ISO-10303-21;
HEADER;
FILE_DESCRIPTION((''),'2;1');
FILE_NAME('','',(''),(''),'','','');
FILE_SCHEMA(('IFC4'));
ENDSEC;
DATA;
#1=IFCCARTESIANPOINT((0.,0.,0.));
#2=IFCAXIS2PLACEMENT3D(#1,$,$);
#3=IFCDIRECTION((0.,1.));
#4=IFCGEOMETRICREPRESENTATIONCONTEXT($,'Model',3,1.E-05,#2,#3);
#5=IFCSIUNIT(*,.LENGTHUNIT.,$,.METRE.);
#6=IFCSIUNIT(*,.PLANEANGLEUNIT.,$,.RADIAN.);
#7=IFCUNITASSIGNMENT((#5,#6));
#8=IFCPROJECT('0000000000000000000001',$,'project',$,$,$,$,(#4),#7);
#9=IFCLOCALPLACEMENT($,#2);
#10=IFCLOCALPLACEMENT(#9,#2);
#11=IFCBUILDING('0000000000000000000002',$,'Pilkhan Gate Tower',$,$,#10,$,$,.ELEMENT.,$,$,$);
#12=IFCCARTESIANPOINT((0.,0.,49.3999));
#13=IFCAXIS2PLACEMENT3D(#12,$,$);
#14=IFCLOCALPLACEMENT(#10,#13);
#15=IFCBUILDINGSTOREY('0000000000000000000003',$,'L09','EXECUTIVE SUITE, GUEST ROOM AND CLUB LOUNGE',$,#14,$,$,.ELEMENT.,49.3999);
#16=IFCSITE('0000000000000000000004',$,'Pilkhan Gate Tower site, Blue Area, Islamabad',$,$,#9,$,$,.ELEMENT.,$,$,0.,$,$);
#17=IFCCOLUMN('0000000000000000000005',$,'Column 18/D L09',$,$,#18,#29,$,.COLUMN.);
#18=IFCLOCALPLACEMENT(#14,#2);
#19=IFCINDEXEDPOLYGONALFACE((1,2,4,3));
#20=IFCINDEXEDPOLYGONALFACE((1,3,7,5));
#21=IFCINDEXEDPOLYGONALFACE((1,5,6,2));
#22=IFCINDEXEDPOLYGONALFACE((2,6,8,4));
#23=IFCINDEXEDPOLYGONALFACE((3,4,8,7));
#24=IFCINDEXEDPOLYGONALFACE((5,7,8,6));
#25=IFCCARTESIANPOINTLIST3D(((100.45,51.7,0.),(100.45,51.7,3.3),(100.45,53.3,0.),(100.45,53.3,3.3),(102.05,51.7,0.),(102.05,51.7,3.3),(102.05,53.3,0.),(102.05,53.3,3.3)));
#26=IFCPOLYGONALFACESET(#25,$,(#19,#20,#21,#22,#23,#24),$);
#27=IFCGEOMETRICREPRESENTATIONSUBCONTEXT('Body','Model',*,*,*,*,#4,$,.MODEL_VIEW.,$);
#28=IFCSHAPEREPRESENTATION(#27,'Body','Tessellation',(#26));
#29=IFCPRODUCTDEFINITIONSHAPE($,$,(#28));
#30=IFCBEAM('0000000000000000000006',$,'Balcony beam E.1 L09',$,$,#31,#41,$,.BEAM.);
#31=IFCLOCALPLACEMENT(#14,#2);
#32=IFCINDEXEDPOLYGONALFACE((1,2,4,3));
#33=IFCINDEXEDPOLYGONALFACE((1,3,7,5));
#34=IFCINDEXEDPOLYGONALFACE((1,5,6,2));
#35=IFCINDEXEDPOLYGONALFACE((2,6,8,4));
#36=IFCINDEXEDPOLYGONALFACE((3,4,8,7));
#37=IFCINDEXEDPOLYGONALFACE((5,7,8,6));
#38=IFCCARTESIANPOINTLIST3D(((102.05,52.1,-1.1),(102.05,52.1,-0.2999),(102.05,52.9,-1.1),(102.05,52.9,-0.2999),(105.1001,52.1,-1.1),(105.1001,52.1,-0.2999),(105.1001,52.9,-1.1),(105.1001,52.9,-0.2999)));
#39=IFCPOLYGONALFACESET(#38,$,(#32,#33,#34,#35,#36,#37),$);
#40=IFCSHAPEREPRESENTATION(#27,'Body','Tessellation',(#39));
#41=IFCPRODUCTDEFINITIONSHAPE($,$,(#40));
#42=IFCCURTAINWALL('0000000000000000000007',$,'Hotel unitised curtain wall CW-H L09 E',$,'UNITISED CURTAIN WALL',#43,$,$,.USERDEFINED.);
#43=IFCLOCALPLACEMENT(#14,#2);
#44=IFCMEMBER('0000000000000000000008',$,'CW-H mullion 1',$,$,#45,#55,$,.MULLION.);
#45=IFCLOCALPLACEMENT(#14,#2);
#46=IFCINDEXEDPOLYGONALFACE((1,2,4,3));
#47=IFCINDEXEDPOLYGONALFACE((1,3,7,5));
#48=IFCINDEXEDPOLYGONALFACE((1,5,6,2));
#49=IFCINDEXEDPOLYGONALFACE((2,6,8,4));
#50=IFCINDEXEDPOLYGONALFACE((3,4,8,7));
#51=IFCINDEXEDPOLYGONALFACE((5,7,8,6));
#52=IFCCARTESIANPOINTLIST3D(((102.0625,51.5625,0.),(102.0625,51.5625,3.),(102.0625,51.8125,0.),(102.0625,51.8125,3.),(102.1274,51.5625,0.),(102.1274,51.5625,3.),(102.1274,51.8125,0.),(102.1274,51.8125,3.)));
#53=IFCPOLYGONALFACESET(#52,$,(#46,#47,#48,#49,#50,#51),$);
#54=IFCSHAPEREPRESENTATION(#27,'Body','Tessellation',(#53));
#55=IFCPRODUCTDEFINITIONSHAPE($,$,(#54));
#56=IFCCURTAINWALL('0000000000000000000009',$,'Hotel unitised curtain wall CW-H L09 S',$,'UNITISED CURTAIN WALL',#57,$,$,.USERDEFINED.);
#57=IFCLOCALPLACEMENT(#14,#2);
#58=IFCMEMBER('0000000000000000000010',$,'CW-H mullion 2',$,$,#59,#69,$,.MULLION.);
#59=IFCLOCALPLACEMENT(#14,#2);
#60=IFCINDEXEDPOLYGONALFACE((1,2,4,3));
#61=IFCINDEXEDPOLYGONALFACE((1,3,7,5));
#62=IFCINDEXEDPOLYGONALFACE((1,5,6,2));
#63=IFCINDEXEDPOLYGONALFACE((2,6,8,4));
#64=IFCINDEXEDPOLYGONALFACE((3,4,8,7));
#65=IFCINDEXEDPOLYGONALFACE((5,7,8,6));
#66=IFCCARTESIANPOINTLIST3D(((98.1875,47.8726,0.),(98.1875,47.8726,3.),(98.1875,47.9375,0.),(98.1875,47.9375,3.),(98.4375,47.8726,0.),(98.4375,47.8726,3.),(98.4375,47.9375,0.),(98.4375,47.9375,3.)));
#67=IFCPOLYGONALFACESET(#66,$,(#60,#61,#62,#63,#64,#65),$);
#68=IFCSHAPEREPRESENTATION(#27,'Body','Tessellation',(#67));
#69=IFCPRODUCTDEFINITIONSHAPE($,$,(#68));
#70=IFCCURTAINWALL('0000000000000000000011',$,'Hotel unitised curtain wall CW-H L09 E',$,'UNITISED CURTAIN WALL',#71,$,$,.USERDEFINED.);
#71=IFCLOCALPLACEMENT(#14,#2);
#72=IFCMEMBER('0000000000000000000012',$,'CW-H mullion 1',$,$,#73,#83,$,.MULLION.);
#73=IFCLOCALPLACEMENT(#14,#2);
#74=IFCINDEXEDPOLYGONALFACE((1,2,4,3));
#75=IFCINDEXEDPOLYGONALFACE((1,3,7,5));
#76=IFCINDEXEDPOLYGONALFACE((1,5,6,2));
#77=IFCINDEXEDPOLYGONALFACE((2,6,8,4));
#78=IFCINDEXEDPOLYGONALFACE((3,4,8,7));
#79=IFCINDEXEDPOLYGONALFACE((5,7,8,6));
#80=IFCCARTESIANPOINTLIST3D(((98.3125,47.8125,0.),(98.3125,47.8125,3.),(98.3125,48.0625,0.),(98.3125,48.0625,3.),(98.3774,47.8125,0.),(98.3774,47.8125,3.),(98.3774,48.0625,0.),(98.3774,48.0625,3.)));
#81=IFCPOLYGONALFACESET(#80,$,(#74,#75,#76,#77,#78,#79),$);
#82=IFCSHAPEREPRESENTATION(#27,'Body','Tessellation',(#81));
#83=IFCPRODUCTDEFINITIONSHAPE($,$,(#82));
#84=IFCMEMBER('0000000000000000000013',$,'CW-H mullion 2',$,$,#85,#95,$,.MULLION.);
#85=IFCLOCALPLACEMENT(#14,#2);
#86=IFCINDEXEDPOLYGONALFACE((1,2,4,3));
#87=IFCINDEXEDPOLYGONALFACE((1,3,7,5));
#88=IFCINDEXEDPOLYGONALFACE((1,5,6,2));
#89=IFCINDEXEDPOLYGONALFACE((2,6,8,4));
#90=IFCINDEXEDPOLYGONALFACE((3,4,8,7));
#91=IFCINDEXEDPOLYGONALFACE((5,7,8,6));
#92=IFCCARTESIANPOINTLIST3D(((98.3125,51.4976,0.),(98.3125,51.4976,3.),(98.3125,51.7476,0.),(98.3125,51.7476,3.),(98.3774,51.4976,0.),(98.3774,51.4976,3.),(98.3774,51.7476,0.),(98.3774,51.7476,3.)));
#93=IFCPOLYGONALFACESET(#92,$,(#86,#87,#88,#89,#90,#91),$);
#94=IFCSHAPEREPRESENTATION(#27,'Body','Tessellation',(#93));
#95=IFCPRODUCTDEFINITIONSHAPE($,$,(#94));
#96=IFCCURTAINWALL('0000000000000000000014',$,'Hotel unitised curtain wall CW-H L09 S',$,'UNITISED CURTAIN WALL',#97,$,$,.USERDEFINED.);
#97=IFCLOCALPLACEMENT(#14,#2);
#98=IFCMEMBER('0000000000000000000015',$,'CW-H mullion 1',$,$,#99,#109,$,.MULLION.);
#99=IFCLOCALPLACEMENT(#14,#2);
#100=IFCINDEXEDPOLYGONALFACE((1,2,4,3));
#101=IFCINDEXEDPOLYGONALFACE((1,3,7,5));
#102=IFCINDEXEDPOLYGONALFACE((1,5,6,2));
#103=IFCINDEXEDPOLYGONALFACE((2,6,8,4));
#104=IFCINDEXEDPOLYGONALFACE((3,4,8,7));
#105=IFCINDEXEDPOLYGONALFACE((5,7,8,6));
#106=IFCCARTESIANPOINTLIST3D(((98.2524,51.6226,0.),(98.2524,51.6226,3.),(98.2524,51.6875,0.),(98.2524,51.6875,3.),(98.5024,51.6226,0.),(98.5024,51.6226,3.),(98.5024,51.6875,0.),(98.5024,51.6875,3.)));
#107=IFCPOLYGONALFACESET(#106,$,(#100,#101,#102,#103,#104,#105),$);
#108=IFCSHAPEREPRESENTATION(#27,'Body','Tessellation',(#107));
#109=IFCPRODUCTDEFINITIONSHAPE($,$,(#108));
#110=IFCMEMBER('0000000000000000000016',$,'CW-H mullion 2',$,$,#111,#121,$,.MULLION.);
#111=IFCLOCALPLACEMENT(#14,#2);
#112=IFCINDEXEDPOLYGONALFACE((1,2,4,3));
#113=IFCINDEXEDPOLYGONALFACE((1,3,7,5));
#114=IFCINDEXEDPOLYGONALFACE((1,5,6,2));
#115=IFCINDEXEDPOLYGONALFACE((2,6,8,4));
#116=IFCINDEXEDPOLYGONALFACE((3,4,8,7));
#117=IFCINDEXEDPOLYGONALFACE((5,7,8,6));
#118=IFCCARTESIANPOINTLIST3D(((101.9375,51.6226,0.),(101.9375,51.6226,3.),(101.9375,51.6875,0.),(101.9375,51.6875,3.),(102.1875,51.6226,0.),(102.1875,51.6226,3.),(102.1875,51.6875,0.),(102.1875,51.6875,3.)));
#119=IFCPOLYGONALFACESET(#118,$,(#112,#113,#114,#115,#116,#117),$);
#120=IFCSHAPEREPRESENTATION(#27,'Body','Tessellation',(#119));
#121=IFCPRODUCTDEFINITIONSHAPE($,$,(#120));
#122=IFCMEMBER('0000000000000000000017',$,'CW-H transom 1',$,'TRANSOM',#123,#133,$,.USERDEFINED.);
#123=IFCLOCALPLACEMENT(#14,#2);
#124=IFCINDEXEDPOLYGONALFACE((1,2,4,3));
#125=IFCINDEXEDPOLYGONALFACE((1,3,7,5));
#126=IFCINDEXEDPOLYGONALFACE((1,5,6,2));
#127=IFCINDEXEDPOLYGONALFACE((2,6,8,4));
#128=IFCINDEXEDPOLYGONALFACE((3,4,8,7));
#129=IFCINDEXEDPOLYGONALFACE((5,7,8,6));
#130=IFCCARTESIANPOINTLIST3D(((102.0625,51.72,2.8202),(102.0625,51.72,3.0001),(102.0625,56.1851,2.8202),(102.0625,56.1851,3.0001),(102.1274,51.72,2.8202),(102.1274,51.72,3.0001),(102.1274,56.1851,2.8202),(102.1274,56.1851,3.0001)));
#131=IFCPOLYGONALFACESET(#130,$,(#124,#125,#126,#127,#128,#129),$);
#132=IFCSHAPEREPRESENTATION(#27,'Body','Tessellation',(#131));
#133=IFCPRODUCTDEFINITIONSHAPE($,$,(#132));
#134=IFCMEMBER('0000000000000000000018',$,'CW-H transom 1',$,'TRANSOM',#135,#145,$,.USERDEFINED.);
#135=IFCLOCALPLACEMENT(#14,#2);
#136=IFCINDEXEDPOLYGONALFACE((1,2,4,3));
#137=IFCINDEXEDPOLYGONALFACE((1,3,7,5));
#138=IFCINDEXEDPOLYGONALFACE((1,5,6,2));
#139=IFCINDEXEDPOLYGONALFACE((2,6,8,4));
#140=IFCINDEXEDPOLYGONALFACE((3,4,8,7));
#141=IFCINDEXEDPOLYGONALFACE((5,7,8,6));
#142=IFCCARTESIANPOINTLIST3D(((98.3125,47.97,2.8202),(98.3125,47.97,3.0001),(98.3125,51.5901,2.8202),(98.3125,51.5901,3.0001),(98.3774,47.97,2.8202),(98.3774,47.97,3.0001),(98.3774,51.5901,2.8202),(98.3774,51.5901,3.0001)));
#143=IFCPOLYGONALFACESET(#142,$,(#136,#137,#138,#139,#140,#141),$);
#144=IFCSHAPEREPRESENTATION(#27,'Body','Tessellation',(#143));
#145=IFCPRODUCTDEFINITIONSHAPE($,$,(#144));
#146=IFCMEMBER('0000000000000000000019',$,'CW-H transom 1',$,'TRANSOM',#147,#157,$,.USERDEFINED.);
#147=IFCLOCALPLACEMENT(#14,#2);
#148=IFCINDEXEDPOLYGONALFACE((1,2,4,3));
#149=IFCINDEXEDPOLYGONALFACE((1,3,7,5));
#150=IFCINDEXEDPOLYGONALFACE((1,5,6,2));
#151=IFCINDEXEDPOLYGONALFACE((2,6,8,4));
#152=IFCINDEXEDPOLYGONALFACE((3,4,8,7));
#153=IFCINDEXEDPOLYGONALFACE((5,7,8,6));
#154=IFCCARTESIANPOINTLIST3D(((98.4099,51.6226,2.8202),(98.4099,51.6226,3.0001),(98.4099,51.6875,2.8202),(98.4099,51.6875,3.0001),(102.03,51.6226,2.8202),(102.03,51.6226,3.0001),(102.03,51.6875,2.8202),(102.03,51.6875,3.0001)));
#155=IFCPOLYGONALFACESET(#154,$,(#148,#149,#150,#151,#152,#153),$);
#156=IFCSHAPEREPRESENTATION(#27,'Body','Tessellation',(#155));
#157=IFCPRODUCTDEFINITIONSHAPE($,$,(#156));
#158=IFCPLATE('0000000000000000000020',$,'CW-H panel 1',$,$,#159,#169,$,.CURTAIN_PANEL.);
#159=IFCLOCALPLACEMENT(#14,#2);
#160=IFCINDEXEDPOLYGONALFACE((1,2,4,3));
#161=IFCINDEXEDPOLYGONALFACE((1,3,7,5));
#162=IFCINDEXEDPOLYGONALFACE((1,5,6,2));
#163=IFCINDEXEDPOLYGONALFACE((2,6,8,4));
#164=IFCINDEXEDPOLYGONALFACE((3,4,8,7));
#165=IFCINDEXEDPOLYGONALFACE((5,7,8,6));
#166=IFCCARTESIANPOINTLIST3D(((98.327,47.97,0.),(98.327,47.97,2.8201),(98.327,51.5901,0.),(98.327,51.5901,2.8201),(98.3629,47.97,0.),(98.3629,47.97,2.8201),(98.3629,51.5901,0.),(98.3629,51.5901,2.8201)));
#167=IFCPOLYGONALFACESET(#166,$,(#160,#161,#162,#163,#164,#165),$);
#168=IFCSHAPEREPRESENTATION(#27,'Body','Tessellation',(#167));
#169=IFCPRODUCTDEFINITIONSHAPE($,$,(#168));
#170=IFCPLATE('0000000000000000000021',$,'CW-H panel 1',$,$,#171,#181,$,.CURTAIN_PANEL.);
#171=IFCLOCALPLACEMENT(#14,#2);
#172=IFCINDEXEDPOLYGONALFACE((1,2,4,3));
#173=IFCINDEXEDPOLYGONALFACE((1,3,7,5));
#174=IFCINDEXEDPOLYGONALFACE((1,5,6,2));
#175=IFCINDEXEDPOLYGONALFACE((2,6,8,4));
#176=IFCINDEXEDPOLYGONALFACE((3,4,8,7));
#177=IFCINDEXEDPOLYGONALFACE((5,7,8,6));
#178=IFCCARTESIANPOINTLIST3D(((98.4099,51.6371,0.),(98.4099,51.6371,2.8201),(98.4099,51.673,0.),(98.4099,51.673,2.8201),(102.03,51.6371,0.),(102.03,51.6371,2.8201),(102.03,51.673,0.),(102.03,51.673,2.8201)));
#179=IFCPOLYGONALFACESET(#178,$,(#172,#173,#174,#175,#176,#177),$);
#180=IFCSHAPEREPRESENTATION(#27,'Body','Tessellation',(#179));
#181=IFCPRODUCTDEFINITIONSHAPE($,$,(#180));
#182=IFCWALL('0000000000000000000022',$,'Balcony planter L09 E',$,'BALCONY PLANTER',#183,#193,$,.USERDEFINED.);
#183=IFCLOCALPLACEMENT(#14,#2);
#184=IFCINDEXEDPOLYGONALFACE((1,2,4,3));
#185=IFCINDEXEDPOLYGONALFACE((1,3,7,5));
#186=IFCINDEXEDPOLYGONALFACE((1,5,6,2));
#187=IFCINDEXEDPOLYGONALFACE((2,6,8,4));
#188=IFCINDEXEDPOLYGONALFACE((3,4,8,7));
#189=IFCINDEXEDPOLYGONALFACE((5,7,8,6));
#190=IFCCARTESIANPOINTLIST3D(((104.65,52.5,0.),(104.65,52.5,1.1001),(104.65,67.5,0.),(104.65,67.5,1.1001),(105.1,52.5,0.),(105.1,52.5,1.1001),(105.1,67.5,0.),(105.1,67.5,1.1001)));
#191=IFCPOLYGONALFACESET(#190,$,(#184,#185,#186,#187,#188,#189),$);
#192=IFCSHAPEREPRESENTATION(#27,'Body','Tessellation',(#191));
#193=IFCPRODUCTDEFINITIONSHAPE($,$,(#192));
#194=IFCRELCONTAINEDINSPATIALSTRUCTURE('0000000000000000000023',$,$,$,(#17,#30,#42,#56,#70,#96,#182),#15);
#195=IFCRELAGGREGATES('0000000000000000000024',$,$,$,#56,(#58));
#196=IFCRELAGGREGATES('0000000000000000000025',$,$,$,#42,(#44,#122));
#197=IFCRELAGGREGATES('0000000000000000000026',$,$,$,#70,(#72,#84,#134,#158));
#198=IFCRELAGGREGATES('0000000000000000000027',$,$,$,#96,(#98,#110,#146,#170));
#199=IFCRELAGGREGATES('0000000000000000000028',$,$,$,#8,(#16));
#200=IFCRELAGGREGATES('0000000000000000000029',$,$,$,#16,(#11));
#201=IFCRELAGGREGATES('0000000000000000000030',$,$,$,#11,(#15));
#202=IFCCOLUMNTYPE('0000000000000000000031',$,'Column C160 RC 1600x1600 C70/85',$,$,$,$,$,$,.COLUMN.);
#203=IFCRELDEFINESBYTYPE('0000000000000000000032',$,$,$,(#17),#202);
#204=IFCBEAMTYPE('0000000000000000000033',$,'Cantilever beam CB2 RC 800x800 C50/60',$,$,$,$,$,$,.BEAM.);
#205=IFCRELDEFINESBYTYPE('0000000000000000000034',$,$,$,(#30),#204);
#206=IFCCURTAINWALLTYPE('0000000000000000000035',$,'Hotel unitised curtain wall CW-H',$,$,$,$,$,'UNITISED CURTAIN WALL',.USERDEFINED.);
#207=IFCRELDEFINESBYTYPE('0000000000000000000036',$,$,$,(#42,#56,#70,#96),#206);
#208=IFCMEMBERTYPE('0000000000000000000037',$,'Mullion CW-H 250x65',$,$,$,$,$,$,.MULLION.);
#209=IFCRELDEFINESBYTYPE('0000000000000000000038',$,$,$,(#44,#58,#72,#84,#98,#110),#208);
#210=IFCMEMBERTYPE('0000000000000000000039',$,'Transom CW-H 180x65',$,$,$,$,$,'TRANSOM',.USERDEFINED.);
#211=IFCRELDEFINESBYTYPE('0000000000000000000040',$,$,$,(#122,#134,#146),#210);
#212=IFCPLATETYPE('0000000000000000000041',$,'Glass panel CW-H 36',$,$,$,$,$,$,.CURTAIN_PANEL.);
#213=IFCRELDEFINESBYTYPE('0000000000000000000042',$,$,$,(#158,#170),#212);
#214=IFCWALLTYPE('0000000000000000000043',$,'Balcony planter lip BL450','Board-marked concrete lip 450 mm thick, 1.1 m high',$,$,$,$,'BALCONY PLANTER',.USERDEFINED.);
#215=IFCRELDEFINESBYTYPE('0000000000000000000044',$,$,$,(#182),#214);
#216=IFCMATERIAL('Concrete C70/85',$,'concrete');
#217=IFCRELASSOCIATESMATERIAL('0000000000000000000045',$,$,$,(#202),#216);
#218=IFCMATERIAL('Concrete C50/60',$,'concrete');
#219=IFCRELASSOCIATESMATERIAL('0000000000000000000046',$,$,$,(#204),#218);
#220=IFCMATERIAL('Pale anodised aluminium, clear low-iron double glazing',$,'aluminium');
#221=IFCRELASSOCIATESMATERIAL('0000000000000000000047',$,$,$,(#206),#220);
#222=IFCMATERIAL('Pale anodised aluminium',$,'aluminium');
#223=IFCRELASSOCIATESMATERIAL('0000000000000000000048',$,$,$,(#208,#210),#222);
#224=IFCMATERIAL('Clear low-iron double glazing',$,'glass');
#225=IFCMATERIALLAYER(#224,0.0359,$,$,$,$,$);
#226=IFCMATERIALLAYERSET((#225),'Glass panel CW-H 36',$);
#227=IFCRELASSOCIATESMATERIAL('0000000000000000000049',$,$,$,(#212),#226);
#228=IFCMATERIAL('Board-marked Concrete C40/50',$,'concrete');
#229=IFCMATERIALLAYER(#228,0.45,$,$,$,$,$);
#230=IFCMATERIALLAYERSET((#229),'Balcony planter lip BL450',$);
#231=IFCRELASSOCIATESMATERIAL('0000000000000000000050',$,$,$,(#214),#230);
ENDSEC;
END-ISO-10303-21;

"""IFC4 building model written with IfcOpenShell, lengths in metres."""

from ifc_helpers import new_model, si_unit, direction, frame, frame_2d, origin, origin_2d, place, context, subcontext, project, spatial, rectangle, extrude, material, layer, layer_set, material_profile, profile_set, type_object, element, aggregate, save


model = new_model("IFC4")

# Units and contexts
model_context = context("Model", 3, precision=1e-05, world=origin(), true_north=direction((0.0, 1.0)))
body_context = subcontext(model_context, "Body", "Model", "MODEL_VIEW")
ifc_project = project(units=[si_unit("LENGTHUNIT", "METRE"), si_unit("PLANEANGLEUNIT", "RADIAN")], contexts=[model_context])

# Site, building, storey
site_placement = place(None, origin())
site = spatial("IfcSite", under=ifc_project, at=site_placement, Name="Pilkhan Gate Tower site, Blue Area, Islamabad", CompositionType="ELEMENT", RefElevation=0.0)
building_placement = place(site_placement, origin())
building = spatial("IfcBuilding", under=site, at=building_placement, Name="Pilkhan Gate Tower", CompositionType="ELEMENT")
storey_placement = place(building_placement, frame((0.0, 0.0, 49.3999)))
storey = spatial("IfcBuildingStorey", under=building, at=storey_placement, Name="L09", Description="EXECUTIVE SUITE, GUEST ROOM AND CLUB LOUNGE", CompositionType="ELEMENT", Elevation=49.3999)

# Column
ifc_material_1 = material(Name="Concrete C70/85", Category="concrete")
ifc_material_profile_1 = material_profile(ifc_material_1, rectangle(XDim=1.6001, YDim=1.6001, at=origin_2d()), Name="RC 1600x1600")
ifc_profile_set_1 = profile_set([ifc_material_profile_1], Name="Concrete C70/85")
column_type = type_object("IfcColumnType", Name="Column C160 RC 1600x1600 C70/85", PredefinedType="COLUMN", material=ifc_profile_set_1)
column_placement = place(storey_placement, frame((101.25, 52.5, 0.0), z_axis=(0.0, 0.0, 1.0), x_axis=(1.0, 0.0, 0.0)))
element("IfcColumn", 1, at=column_placement, inside=storey, type_object=column_type, Name="Column 18/D L09", PredefinedType="COLUMN", context=body_context, shape_type="SweptSolid", body=[
    extrude(rectangle(XDim=1.6001, YDim=1.6001, at=origin_2d()), origin(), (0.0, 0.0, 1.0), 3.3),
])

# Beam
ifc_material_2 = material(Name="Concrete C50/60", Category="concrete")
ifc_material_profile_2 = material_profile(ifc_material_2, rectangle(XDim=0.8, YDim=0.8, at=origin_2d()), Name="RC 800x800")
ifc_profile_set_2 = profile_set([ifc_material_profile_2], Name="Concrete C50/60")
beam_type = type_object("IfcBeamType", Name="Cantilever beam CB2 RC 800x800 C50/60", PredefinedType="BEAM", material=ifc_profile_set_2)
beam_placement = place(storey_placement, frame((102.05, 52.5, -0.7), z_axis=(1.0, 0.0, 0.0), x_axis=(0.0, 1.0, 0.0)))
element("IfcBeam", 2, at=beam_placement, inside=storey, type_object=beam_type, Name="Balcony beam E.1 L09", PredefinedType="BEAM", context=body_context, shape_type="SweptSolid", body=[
    extrude(rectangle(XDim=0.8, YDim=0.8, at=origin_2d()), origin(), (0.0, 0.0, 1.0), 3.05),
])

# Curtain walls, members
ifc_material_3 = material(Name="Pale anodised aluminium, clear low-iron double glazing", Category="aluminium")
curtain_wall_type = type_object("IfcCurtainWallType", Name="Hotel unitised curtain wall CW-H", ElementType="UNITISED CURTAIN WALL", PredefinedType="USERDEFINED", material=ifc_material_3)
curtain_wall_1_placement = place(storey_placement, origin())
curtain_wall_1 = element("IfcCurtainWall", 3, at=curtain_wall_1_placement, inside=storey, type_object=curtain_wall_type, Name="Hotel unitised curtain wall CW-H L09 E", ObjectType="UNITISED CURTAIN WALL", PredefinedType="USERDEFINED")
ifc_material_4 = material(Name="Pale anodised aluminium", Category="aluminium")
ifc_material_profile_3 = material_profile(ifc_material_4, rectangle(XDim=0.0649, YDim=0.25, at=origin_2d()), Name="Mullion 250x65")
ifc_profile_set_3 = profile_set([ifc_material_profile_3], Name="Pale anodised aluminium")
member_type_1 = type_object("IfcMemberType", Name="Mullion CW-H 250x65", PredefinedType="MULLION", material=ifc_profile_set_3)
member_1_placement = place(storey_placement, frame((102.095, 51.6875, 0.0), z_axis=(0.0, 0.0, 1.0), x_axis=(-1.0, 0.0, 0.0)))
member_1 = element("IfcMember", 4, at=member_1_placement, type_object=member_type_1, Name="CW-H mullion 1", PredefinedType="MULLION", context=body_context, shape_type="SweptSolid", body=[
    extrude(rectangle(XDim=0.0649, YDim=0.25, at=origin_2d()), origin(), (0.0, 0.0, 1.0), 3.0),
])
curtain_wall_2_placement = place(storey_placement, origin())
curtain_wall_2 = element("IfcCurtainWall", 5, at=curtain_wall_2_placement, inside=storey, type_object=curtain_wall_type, Name="Hotel unitised curtain wall CW-H L09 S", ObjectType="UNITISED CURTAIN WALL", PredefinedType="USERDEFINED")
member_2_placement = place(storey_placement, frame((98.3125, 47.905, 0.0), z_axis=(0.0, 0.0, 1.0), x_axis=(0.0, 1.0, 0.0)))
member_2 = element("IfcMember", 6, at=member_2_placement, type_object=member_type_1, Name="CW-H mullion 2", PredefinedType="MULLION", context=body_context, shape_type="SweptSolid", body=[
    extrude(rectangle(XDim=0.0649, YDim=0.25, at=origin_2d()), origin(), (0.0, 0.0, 1.0), 3.0),
])
aggregate(curtain_wall_2, [member_2])

# Curtain walls, members
curtain_wall_3_placement = place(storey_placement, origin())
curtain_wall_3 = element("IfcCurtainWall", 7, at=curtain_wall_3_placement, inside=storey, type_object=curtain_wall_type, Name="Hotel unitised curtain wall CW-H L09 E", ObjectType="UNITISED CURTAIN WALL", PredefinedType="USERDEFINED")
member_3_placement = place(storey_placement, frame((98.345, 47.9375, 0.0), z_axis=(0.0, 0.0, 1.0), x_axis=(-1.0, 0.0, 0.0)))
member_3 = element("IfcMember", 8, at=member_3_placement, type_object=member_type_1, Name="CW-H mullion 1", PredefinedType="MULLION", context=body_context, shape_type="SweptSolid", body=[
    extrude(rectangle(XDim=0.0649, YDim=0.25, at=origin_2d()), origin(), (0.0, 0.0, 1.0), 3.0),
])
member_4_placement = place(storey_placement, frame((98.345, 51.6226, 0.0), z_axis=(0.0, 0.0, 1.0), x_axis=(-1.0, 0.0, 0.0)))
member_4 = element("IfcMember", 9, at=member_4_placement, type_object=member_type_1, Name="CW-H mullion 2", PredefinedType="MULLION", context=body_context, shape_type="SweptSolid", body=[
    extrude(rectangle(XDim=0.0649, YDim=0.25, at=origin_2d()), origin(), (0.0, 0.0, 1.0), 3.0),
])
curtain_wall_4_placement = place(storey_placement, origin())
curtain_wall_4 = element("IfcCurtainWall", 10, at=curtain_wall_4_placement, inside=storey, type_object=curtain_wall_type, Name="Hotel unitised curtain wall CW-H L09 S", ObjectType="UNITISED CURTAIN WALL", PredefinedType="USERDEFINED")
member_5_placement = place(storey_placement, frame((98.3774, 51.655, 0.0), z_axis=(0.0, 0.0, 1.0), x_axis=(0.0, 1.0, 0.0)))
member_5 = element("IfcMember", 11, at=member_5_placement, type_object=member_type_1, Name="CW-H mullion 1", PredefinedType="MULLION", context=body_context, shape_type="SweptSolid", body=[
    extrude(rectangle(XDim=0.0649, YDim=0.25, at=origin_2d()), origin(), (0.0, 0.0, 1.0), 3.0),
])
member_6_placement = place(storey_placement, frame((102.0625, 51.655, 0.0), z_axis=(0.0, 0.0, 1.0), x_axis=(0.0, 1.0, 0.0)))
member_6 = element("IfcMember", 12, at=member_6_placement, type_object=member_type_1, Name="CW-H mullion 2", PredefinedType="MULLION", context=body_context, shape_type="SweptSolid", body=[
    extrude(rectangle(XDim=0.0649, YDim=0.25, at=origin_2d()), origin(), (0.0, 0.0, 1.0), 3.0),
])

# Members
ifc_material_profile_4 = material_profile(ifc_material_4, rectangle(XDim=0.0649, YDim=0.1799, at=origin_2d()), Name="Transom 180x65")
ifc_profile_set_4 = profile_set([ifc_material_profile_4], Name="Pale anodised aluminium")
member_type_2 = type_object("IfcMemberType", Name="Transom CW-H 180x65", ElementType="TRANSOM", PredefinedType="USERDEFINED", material=ifc_profile_set_4)
member_7_placement = place(storey_placement, frame((102.095, 51.72, 2.9102), z_axis=(0.0, 1.0, 0.0), x_axis=(-1.0, 0.0, 0.0)))
member_7 = element("IfcMember", 13, at=member_7_placement, type_object=member_type_2, Name="CW-H transom 1", ObjectType="TRANSOM", PredefinedType="USERDEFINED", context=body_context, shape_type="SweptSolid", body=[
    extrude(rectangle(XDim=0.0649, YDim=0.1799, at=origin_2d()), origin(), (0.0, 0.0, 1.0), 4.4651),
])
aggregate(curtain_wall_1, [member_1, member_7])
member_8_placement = place(storey_placement, frame((98.345, 47.97, 2.9102), z_axis=(0.0, 1.0, 0.0), x_axis=(-1.0, 0.0, 0.0)))
member_8 = element("IfcMember", 14, at=member_8_placement, type_object=member_type_2, Name="CW-H transom 1", ObjectType="TRANSOM", PredefinedType="USERDEFINED", context=body_context, shape_type="SweptSolid", body=[
    extrude(rectangle(XDim=0.0649, YDim=0.1799, at=origin_2d()), origin(), (0.0, 0.0, 1.0), 3.6201),
])
member_9_placement = place(storey_placement, frame((98.4099, 51.655, 2.9102), z_axis=(1.0, 0.0, 0.0), x_axis=(0.0, 1.0, 0.0)))
member_9 = element("IfcMember", 15, at=member_9_placement, type_object=member_type_2, Name="CW-H transom 1", ObjectType="TRANSOM", PredefinedType="USERDEFINED", context=body_context, shape_type="SweptSolid", body=[
    extrude(rectangle(XDim=0.0649, YDim=0.1799, at=origin_2d()), origin(), (0.0, 0.0, 1.0), 3.6201),
])

# Plates
ifc_material_5 = material(Name="Clear low-iron double glazing", Category="glass")
ifc_layer_1 = layer(ifc_material_5, 0.0359)
ifc_layer_set_1 = layer_set([ifc_layer_1], Name="Glass panel CW-H 36")
plate_type = type_object("IfcPlateType", Name="Glass panel CW-H 36", PredefinedType="CURTAIN_PANEL", material=ifc_layer_set_1)
plate_1_placement = place(storey_placement, frame((98.345, 49.78, 0.0), z_axis=(0.0, 0.0, 1.0), x_axis=(0.0, 1.0, 0.0)))
plate_1 = element("IfcPlate", 16, at=plate_1_placement, type_object=plate_type, Name="CW-H panel 1", PredefinedType="CURTAIN_PANEL", context=body_context, shape_type="SweptSolid", body=[
    extrude(rectangle(XDim=3.6201, YDim=0.0359, at=origin_2d()), origin(), (0.0, 0.0, 1.0), 2.8201),
])
aggregate(curtain_wall_3, [member_3, member_4, member_8, plate_1])
plate_2_placement = place(storey_placement, frame((100.22, 51.655, 0.0), z_axis=(0.0, 0.0, 1.0), x_axis=(1.0, 0.0, 0.0)))
plate_2 = element("IfcPlate", 17, at=plate_2_placement, type_object=plate_type, Name="CW-H panel 1", PredefinedType="CURTAIN_PANEL", context=body_context, shape_type="SweptSolid", body=[
    extrude(rectangle(XDim=3.6201, YDim=0.0359, at=origin_2d()), origin(), (0.0, 0.0, 1.0), 2.8201),
])
aggregate(curtain_wall_4, [member_5, member_6, member_9, plate_2])

# Wall
ifc_material_6 = material(Name="Board-marked Concrete C40/50", Category="concrete")
ifc_layer_2 = layer(ifc_material_6, 0.45)
ifc_layer_set_2 = layer_set([ifc_layer_2], Name="Balcony planter lip BL450")
wall_type_1 = type_object("IfcWallType", Name="Balcony planter lip BL450", Description="Board-marked concrete lip 450 mm thick, 1.1 m high", ElementType="BALCONY PLANTER", PredefinedType="USERDEFINED", material=ifc_layer_set_2)
wall_1_placement = place(storey_placement, frame((104.875, 52.5, 0.0), z_axis=(0.0, 0.0, 1.0), x_axis=(0.0, 1.0, 0.0)))
element("IfcWall", 18, at=wall_1_placement, inside=storey, type_object=wall_type_1, Name="Balcony planter L09 E", ObjectType="BALCONY PLANTER", PredefinedType="USERDEFINED", context=body_context, shape_type="SweptSolid", body=[
    extrude(rectangle(XDim=15.0, YDim=0.45, at=frame_2d((7.5, 0.0))), origin(), (0.0, 0.0, 1.0), 1.1001),
])

save(model, "model.ifc")
